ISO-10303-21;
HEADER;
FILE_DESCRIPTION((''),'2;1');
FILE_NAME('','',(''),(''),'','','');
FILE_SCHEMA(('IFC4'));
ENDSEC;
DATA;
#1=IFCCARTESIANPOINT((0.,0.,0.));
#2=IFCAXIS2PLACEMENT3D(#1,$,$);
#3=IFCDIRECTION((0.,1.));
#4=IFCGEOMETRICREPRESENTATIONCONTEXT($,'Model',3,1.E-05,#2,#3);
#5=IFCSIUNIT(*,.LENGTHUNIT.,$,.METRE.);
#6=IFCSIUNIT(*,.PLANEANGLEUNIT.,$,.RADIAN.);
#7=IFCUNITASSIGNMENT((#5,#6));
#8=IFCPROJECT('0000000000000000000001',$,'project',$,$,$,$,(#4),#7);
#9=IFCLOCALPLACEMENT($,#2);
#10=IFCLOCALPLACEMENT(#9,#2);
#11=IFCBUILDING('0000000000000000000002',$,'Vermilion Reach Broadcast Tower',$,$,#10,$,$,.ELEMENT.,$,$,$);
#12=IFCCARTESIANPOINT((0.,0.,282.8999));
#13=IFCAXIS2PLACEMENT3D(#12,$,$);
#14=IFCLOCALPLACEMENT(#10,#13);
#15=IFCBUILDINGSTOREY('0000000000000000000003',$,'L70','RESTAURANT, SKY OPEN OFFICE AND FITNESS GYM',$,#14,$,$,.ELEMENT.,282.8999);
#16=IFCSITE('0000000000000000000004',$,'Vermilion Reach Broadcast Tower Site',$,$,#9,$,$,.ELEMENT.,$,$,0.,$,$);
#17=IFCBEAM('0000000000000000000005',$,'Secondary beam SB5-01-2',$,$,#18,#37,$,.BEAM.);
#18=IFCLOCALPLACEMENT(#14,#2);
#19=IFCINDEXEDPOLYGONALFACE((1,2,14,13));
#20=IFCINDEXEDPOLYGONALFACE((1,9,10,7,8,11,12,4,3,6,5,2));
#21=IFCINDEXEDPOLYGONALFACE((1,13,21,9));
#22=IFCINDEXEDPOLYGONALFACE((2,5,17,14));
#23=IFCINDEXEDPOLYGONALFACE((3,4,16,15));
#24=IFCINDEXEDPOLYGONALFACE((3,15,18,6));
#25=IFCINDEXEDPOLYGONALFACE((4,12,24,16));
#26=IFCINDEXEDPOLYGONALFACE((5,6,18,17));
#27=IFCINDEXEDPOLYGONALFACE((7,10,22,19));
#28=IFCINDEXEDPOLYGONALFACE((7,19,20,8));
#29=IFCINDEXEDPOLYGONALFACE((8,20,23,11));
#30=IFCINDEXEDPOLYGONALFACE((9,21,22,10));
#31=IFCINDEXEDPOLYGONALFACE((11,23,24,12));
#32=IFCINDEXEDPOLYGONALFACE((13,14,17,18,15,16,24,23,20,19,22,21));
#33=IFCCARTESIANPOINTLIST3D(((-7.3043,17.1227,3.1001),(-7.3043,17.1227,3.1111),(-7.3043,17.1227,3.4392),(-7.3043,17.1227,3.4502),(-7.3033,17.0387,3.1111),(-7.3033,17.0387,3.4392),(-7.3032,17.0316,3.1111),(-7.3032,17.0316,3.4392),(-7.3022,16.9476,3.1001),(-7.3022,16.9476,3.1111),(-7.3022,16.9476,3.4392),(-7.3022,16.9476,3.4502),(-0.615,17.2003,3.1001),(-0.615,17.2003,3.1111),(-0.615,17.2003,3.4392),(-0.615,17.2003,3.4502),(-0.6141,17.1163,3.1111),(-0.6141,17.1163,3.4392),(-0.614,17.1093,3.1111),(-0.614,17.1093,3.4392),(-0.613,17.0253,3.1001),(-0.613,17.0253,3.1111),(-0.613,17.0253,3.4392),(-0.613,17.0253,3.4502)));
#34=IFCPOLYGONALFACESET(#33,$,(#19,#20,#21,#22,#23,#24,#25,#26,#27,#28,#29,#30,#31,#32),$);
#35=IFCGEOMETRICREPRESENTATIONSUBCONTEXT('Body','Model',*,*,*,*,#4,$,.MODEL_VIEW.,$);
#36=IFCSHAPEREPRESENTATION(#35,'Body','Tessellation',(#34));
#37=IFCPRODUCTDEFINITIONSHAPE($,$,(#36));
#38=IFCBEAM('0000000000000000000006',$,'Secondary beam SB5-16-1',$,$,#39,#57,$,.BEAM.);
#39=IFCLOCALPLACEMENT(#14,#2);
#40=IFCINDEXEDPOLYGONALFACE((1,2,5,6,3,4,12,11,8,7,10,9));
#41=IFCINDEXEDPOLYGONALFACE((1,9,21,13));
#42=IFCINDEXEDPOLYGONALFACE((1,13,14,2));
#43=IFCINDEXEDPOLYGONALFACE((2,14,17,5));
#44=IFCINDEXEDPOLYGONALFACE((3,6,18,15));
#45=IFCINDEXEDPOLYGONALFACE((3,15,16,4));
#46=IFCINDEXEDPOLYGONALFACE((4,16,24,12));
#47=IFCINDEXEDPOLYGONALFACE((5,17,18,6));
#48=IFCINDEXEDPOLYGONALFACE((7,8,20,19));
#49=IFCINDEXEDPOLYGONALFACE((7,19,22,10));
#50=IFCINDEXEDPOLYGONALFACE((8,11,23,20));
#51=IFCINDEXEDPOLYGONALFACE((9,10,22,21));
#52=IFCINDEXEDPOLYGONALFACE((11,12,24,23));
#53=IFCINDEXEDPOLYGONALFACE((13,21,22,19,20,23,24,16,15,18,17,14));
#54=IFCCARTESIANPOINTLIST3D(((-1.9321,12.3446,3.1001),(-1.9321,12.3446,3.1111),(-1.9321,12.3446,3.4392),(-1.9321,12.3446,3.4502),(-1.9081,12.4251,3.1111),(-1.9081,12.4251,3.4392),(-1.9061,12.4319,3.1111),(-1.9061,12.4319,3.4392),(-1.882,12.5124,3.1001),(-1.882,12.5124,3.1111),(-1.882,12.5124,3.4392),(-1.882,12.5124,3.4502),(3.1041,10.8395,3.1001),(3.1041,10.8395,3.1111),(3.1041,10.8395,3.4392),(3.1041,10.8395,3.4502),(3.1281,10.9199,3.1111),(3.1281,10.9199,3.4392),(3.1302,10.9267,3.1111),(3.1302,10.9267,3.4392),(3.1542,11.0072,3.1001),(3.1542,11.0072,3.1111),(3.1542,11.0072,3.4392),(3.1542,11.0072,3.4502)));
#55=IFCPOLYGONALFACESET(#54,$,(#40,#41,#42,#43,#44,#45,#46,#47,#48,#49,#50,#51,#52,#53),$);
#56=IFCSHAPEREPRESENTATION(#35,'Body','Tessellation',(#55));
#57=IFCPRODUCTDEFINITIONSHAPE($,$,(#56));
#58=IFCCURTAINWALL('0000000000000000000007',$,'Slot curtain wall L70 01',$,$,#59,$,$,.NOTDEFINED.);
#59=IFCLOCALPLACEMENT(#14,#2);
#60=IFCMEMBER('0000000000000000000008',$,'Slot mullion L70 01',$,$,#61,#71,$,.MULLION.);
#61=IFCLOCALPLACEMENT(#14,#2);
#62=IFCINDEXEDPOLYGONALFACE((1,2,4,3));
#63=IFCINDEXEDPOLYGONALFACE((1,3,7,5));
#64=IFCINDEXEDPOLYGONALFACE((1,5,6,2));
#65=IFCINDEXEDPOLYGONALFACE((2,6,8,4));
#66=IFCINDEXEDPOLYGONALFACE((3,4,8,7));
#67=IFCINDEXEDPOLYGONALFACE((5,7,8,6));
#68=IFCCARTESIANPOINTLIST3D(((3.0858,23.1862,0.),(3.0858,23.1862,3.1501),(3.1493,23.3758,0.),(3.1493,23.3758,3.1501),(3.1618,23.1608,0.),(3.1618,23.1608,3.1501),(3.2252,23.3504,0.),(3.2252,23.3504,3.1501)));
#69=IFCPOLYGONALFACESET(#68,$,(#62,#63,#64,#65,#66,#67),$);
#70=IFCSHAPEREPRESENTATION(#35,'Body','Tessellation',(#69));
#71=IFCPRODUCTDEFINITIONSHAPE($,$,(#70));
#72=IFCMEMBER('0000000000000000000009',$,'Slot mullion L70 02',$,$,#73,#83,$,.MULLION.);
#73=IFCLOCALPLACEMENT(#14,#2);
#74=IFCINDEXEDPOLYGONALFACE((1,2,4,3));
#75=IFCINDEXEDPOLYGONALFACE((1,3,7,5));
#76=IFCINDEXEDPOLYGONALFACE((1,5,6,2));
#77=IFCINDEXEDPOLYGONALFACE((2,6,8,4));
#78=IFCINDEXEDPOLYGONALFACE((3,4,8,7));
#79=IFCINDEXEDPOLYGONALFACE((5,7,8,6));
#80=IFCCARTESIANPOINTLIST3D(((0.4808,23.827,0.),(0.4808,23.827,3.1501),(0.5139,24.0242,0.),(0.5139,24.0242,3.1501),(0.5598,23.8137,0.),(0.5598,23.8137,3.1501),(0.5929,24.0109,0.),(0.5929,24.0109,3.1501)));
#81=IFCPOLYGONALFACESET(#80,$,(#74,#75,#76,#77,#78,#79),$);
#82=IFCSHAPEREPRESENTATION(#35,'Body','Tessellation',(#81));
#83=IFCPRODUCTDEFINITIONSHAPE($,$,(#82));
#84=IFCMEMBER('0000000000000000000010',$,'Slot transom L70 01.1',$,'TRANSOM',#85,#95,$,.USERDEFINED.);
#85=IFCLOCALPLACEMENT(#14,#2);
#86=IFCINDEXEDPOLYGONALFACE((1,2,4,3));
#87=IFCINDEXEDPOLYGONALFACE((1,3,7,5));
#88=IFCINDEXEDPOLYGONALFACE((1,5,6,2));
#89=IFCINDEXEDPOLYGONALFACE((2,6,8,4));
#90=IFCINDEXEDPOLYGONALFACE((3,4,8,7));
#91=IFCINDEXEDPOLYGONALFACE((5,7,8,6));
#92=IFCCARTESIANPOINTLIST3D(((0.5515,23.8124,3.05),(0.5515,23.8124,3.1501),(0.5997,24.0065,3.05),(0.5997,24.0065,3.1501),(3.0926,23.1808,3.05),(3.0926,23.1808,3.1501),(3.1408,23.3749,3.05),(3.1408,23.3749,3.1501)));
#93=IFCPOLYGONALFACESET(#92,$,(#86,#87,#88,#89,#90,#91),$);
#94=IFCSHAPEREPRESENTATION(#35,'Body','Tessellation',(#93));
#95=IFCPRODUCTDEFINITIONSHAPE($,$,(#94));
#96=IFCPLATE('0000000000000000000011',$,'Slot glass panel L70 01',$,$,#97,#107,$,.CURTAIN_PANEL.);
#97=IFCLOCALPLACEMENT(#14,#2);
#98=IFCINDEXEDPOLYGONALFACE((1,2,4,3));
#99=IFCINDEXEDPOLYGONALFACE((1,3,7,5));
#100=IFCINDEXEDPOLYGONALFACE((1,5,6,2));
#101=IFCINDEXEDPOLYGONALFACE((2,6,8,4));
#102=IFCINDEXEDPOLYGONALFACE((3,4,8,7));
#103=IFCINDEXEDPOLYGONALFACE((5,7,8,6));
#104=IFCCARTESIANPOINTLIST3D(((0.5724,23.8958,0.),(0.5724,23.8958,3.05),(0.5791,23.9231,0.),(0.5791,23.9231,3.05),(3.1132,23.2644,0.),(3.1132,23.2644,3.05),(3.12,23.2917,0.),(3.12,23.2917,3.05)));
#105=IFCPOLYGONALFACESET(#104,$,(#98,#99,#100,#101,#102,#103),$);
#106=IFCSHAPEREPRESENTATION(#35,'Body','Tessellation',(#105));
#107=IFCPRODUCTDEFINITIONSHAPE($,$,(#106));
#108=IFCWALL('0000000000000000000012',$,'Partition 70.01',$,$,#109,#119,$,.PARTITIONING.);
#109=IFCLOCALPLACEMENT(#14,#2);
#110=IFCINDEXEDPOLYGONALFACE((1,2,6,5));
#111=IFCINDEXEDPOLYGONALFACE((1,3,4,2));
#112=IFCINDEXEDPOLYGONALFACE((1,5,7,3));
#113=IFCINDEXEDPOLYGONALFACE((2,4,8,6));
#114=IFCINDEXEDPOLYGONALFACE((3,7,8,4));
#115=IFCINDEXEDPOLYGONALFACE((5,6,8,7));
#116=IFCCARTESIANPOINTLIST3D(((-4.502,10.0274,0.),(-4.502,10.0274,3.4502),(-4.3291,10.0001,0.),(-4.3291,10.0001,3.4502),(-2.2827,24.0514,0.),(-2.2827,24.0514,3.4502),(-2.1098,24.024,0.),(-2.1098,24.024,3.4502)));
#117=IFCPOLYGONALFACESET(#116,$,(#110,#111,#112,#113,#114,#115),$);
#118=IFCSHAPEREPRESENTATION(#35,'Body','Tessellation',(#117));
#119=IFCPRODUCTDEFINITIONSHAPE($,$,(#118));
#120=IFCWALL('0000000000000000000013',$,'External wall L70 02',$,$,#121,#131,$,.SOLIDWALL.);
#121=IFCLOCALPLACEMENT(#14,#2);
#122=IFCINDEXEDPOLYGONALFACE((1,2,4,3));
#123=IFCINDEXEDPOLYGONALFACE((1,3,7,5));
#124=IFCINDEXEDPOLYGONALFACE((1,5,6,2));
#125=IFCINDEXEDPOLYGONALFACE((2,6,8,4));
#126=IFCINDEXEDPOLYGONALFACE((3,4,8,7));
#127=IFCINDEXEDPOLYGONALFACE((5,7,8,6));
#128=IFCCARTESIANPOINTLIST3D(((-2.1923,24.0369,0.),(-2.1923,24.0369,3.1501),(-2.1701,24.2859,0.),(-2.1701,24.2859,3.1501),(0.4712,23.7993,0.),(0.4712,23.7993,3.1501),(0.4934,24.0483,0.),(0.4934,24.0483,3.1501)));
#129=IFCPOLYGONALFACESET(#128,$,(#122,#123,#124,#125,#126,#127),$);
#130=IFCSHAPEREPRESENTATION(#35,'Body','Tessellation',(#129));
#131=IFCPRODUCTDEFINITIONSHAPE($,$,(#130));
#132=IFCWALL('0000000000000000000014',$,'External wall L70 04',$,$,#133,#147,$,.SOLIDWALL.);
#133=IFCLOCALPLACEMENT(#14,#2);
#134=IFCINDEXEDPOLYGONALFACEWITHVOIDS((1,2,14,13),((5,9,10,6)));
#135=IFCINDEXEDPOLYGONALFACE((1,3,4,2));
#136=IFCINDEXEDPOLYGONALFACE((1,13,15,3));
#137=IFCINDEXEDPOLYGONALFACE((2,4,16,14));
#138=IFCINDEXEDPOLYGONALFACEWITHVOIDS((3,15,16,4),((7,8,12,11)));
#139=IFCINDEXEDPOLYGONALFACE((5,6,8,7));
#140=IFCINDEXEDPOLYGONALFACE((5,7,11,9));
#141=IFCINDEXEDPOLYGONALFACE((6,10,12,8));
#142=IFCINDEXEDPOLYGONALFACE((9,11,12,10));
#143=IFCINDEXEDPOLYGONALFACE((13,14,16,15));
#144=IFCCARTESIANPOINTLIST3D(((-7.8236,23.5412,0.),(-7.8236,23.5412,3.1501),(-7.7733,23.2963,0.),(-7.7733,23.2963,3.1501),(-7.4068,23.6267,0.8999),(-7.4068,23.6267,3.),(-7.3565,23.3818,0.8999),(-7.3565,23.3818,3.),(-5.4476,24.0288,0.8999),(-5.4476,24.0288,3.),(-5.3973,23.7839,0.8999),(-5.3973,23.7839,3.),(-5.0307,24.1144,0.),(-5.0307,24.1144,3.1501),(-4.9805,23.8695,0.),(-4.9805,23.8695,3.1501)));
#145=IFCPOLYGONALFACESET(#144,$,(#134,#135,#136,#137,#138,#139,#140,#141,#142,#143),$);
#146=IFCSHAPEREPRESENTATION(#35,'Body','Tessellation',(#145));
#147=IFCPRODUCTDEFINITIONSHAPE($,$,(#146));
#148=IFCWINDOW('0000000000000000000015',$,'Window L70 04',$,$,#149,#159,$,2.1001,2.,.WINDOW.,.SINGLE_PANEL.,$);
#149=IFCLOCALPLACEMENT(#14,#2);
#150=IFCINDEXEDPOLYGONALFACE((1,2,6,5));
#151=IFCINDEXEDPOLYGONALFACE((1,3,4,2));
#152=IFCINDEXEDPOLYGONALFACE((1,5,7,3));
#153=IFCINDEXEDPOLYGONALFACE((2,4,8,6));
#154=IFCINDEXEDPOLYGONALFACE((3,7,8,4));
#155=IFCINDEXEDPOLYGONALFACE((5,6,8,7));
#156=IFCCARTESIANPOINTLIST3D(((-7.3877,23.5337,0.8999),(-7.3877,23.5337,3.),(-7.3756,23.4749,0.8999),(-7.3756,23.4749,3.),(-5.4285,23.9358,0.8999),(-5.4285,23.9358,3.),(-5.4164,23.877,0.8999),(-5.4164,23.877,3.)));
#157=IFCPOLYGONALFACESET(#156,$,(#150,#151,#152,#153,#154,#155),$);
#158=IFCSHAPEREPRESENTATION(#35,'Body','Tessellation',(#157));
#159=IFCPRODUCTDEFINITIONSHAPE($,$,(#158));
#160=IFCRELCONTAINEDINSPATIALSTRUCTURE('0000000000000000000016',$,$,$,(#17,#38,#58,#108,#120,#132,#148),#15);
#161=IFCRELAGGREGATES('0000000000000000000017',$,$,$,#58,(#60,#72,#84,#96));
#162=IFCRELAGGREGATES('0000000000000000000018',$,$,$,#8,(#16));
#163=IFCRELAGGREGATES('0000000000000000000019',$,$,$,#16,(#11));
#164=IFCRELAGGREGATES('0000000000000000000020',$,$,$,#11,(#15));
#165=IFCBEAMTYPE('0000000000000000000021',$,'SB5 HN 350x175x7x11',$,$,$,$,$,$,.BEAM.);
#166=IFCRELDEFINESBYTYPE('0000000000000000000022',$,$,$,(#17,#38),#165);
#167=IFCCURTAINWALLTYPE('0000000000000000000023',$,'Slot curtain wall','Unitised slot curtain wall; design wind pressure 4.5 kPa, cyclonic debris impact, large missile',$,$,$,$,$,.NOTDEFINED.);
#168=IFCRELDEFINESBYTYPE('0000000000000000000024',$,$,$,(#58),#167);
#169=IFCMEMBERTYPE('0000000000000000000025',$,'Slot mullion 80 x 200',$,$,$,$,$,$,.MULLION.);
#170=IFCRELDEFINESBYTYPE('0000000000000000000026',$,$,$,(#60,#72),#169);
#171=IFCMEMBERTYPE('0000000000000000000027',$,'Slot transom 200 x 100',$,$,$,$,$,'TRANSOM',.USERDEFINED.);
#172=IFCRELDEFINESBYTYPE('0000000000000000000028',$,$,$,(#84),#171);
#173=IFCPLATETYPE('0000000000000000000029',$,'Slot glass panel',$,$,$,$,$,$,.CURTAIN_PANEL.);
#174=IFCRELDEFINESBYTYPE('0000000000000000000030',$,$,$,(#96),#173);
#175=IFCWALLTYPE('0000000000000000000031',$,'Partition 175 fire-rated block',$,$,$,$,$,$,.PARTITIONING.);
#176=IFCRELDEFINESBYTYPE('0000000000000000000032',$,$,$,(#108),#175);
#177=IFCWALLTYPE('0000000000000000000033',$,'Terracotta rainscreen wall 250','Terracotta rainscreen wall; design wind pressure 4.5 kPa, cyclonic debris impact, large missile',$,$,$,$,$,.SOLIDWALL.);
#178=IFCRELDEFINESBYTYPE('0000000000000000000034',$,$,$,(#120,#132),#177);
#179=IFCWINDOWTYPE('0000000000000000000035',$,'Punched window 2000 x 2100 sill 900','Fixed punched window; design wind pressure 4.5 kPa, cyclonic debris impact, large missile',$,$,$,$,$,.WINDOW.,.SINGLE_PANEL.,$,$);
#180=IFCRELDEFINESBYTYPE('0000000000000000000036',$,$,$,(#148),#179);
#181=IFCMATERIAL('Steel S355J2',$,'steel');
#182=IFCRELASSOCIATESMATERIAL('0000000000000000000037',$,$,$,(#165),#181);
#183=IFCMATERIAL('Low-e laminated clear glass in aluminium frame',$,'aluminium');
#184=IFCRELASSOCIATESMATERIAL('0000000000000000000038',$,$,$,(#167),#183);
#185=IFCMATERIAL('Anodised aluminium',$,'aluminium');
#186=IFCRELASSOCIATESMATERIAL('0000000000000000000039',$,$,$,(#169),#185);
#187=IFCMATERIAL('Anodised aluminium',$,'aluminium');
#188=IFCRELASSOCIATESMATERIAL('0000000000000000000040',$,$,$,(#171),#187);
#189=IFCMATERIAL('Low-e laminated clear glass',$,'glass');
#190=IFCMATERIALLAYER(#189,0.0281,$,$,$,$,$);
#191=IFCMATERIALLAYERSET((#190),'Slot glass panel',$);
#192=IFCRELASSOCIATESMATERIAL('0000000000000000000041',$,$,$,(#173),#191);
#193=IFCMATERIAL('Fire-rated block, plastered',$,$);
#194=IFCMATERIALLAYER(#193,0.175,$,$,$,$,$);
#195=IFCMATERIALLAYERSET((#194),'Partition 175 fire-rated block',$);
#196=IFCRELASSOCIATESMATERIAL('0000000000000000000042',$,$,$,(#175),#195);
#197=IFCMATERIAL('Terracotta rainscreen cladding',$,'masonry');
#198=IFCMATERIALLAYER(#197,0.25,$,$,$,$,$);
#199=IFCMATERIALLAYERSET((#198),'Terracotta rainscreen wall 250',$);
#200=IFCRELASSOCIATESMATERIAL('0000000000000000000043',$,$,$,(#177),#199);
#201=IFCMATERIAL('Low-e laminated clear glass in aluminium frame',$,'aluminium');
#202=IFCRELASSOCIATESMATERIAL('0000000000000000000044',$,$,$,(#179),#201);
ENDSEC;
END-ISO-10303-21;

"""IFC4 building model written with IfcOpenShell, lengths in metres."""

from ifc_helpers import new_model, si_unit, direction, frame, frame_2d, origin, origin_2d, place, context, subcontext, project, spatial, rectangle, i_section, extrude, material, layer, layer_set, material_profile, profile_set, type_object, element, fill, aggregate, save


model = new_model("IFC4")

# Units and contexts
model_context = context("Model", 3, precision=1e-05, world=origin(), true_north=direction((0.0, 1.0)))
body_context = subcontext(model_context, "Body", "Model", "MODEL_VIEW")
ifc_project = project(units=[si_unit("LENGTHUNIT", "METRE"), si_unit("PLANEANGLEUNIT", "RADIAN")], contexts=[model_context])

# Site, building, storey
site_placement = place(None, origin())
site = spatial("IfcSite", under=ifc_project, at=site_placement, Name="Vermilion Reach Broadcast Tower Site", CompositionType="ELEMENT", RefElevation=0.0)
building_placement = place(site_placement, origin())
building = spatial("IfcBuilding", under=site, at=building_placement, Name="Vermilion Reach Broadcast Tower", CompositionType="ELEMENT")
storey_placement = place(building_placement, frame((0.0, 0.0, 282.8999)))
storey = spatial("IfcBuildingStorey", under=building, at=storey_placement, Name="L70", Description="RESTAURANT, SKY OPEN OFFICE AND FITNESS GYM", CompositionType="ELEMENT", Elevation=282.8999)

# Beams
ifc_material_1 = material(Name="Steel S355J2", Category="steel")
ifc_material_profile_1 = material_profile(ifc_material_1, i_section(OverallWidth=0.175, OverallDepth=0.3501, WebThickness=0.0071, FlangeThickness=0.011, at=origin_2d()), Name="S355J2 HN 350x175x7x11")
ifc_profile_set_1 = profile_set([ifc_material_profile_1], Name="Steel S355J2")
beam_type_1 = type_object("IfcBeamType", Name="SB5 HN 350x175x7x11", PredefinedType="BEAM", material=ifc_profile_set_1)
beam_1_placement = place(storey_placement, frame((-0.614, 17.1128, 3.2751), z_axis=(-0.999933, -0.011605, 0.0), x_axis=(0.011605, -0.999933, 0.0)))
element("IfcBeam", 1, at=beam_1_placement, inside=storey, type_object=beam_type_1, Name="Secondary beam SB5-01-2", PredefinedType="BEAM", context=body_context, shape_type="SweptSolid", body=[
    extrude(i_section(OverallWidth=0.175, OverallDepth=0.3501, WebThickness=0.0071, FlangeThickness=0.011, at=origin_2d()), origin(), (0.0, 0.0, 1.0), 6.6897),
])
beam_2_placement = place(storey_placement, frame((3.1292, 10.9233, 3.2751), z_axis=(-0.958125, 0.286351, 0.0), x_axis=(-0.286351, -0.958125, 0.0)))
element("IfcBeam", 2, at=beam_2_placement, inside=storey, type_object=beam_type_1, Name="Secondary beam SB5-16-1", PredefinedType="BEAM", context=body_context, shape_type="SweptSolid", body=[
    extrude(i_section(OverallWidth=0.175, OverallDepth=0.3501, WebThickness=0.0071, FlangeThickness=0.011, at=origin_2d()), origin(), (0.0, 0.0, 1.0), 5.2563),
])

# Curtain wall, members, plate
ifc_material_2 = material(Name="Low-e laminated clear glass in aluminium frame", Category="aluminium")
curtain_wall_type = type_object("IfcCurtainWallType", Name="Slot curtain wall", Description="Unitised slot curtain wall; design wind pressure 4.5 kPa, cyclonic debris impact, large missile", PredefinedType="NOTDEFINED", material=ifc_material_2)
curtain_wall_placement = place(storey_placement, origin())
curtain_wall = element("IfcCurtainWall", 3, at=curtain_wall_placement, inside=storey, type_object=curtain_wall_type, Name="Slot curtain wall L70 01", PredefinedType="NOTDEFINED")
ifc_material_3 = material(Name="Anodised aluminium", Category="aluminium")
ifc_material_profile_2 = material_profile(ifc_material_3, rectangle(XDim=0.2, YDim=0.0801, at=origin_2d()), Name="Slot mullion 80 x 200")
ifc_profile_set_2 = profile_set([ifc_material_profile_2], Name="Anodised aluminium")
member_type_1 = type_object("IfcMemberType", Name="Slot mullion 80 x 200", PredefinedType="MULLION", material=ifc_profile_set_2)
member_1_placement = place(storey_placement, frame((3.1555, 23.2683, 0.0), z_axis=(0.0, 0.0, 1.0), x_axis=(-0.317157, -0.948373, 0.0)))
member_1 = element("IfcMember", 4, at=member_1_placement, type_object=member_type_1, Name="Slot mullion L70 01", PredefinedType="MULLION", context=body_context, shape_type="SweptSolid", body=[
    extrude(rectangle(XDim=0.2, YDim=0.0801, at=origin_2d()), origin(), (0.0, 0.0, 1.0), 3.1501),
])
member_2_placement = place(storey_placement, frame((0.5369, 23.9189, 0.0), z_axis=(0.0, 0.0, 1.0), x_axis=(-0.165504, -0.986209, 0.0)))
member_2 = element("IfcMember", 5, at=member_2_placement, type_object=member_type_1, Name="Slot mullion L70 02", PredefinedType="MULLION", context=body_context, shape_type="SweptSolid", body=[
    extrude(rectangle(XDim=0.2, YDim=0.0801, at=origin_2d()), origin(), (0.0, 0.0, 1.0), 3.1501),
])
ifc_material_4 = material(Name="Anodised aluminium", Category="aluminium")
ifc_material_profile_3 = material_profile(ifc_material_4, rectangle(XDim=0.2, YDim=0.1001, at=origin_2d()), Name="Slot transom 200 x 100")
ifc_profile_set_3 = profile_set([ifc_material_profile_3], Name="Anodised aluminium")
member_type_2 = type_object("IfcMemberType", Name="Slot transom 200 x 100", ElementType="TRANSOM", PredefinedType="USERDEFINED", material=ifc_profile_set_3)
member_3_placement = place(storey_placement, frame((3.1167, 23.2778, 3.1001), z_axis=(-0.970471, 0.241219, 0.0), x_axis=(-0.241219, -0.970471, 0.0)))
member_3 = element("IfcMember", 6, at=member_3_placement, type_object=member_type_2, Name="Slot transom L70 01.1", ObjectType="TRANSOM", PredefinedType="USERDEFINED", context=body_context, shape_type="SweptSolid", body=[
    extrude(rectangle(XDim=0.2, YDim=0.1001, at=origin_2d()), origin(), (0.0, 0.0, 1.0), 2.6184),
])
ifc_material_5 = material(Name="Low-e laminated clear glass", Category="glass")
ifc_layer_1 = layer(ifc_material_5, 0.0281)
ifc_layer_set_1 = layer_set([ifc_layer_1], Name="Slot glass panel")
plate_type = type_object("IfcPlateType", Name="Slot glass panel", PredefinedType="CURTAIN_PANEL", material=ifc_layer_set_1)
plate_placement = place(storey_placement, frame((1.8462, 23.5938, 0.0), z_axis=(0.0, 0.0, 1.0), x_axis=(-0.970484, 0.241167, 0.0)))
plate = element("IfcPlate", 7, at=plate_placement, type_object=plate_type, Name="Slot glass panel L70 01", PredefinedType="CURTAIN_PANEL", context=body_context, shape_type="SweptSolid", body=[
    extrude(rectangle(XDim=2.6182, YDim=0.0281, at=origin_2d()), origin(), (0.0, 0.0, 1.0), 3.05),
])
aggregate(curtain_wall, [member_1, member_2, member_3, plate])

# Walls
ifc_material_6 = material(Name="Fire-rated block, plastered")
ifc_layer_2 = layer(ifc_material_6, 0.175)
ifc_layer_set_2 = layer_set([ifc_layer_2], Name="Partition 175 fire-rated block")
wall_type_1 = type_object("IfcWallType", Name="Partition 175 fire-rated block", PredefinedType="PARTITIONING", material=ifc_layer_set_2)
wall_1_placement = place(storey_placement, frame((-2.1963, 24.0376, 0.0), z_axis=(0.0, 0.0, 1.0), x_axis=(-0.156302, -0.987709, 0.0)))
element("IfcWall", 8, at=wall_1_placement, inside=storey, type_object=wall_type_1, Name="Partition 70.01", PredefinedType="PARTITIONING", context=body_context, shape_type="SweptSolid", body=[
    extrude(rectangle(XDim=14.1985, YDim=0.175, at=frame_2d((7.0991, 0.0))), origin(), (0.0, 0.0, 1.0), 3.4502),
])
ifc_material_7 = material(Name="Terracotta rainscreen cladding", Category="masonry")
ifc_layer_3 = layer(ifc_material_7, 0.25)
ifc_layer_set_3 = layer_set([ifc_layer_3], Name="Terracotta rainscreen wall 250")
wall_type_2 = type_object("IfcWallType", Name="Terracotta rainscreen wall 250", Description="Terracotta rainscreen wall; design wind pressure 4.5 kPa, cyclonic debris impact, large missile", PredefinedType="SOLIDWALL", material=ifc_layer_set_3)
wall_2_placement = place(storey_placement, frame((0.4822, 23.9238, 0.0), z_axis=(0.0, 0.0, 1.0), x_axis=(-0.996047, 0.088832, 0.0)))
element("IfcWall", 9, at=wall_2_placement, inside=storey, type_object=wall_type_2, Name="External wall L70 02", PredefinedType="SOLIDWALL", context=body_context, shape_type="SweptSolid", body=[
    extrude(rectangle(XDim=2.6741, YDim=0.25, at=frame_2d((1.3369, 0.0))), origin(), (0.0, 0.0, 1.0), 3.1501),
])

# Wall, opening, window
wall_3_placement = place(storey_placement, frame((-5.0056, 23.9919, 0.0), z_axis=(0.0, 0.0, 1.0), x_axis=(-0.97958, -0.201054, 0.0)))
wall_3 = element("IfcWall", 10, at=wall_3_placement, inside=storey, type_object=wall_type_2, Name="External wall L70 04", PredefinedType="SOLIDWALL", context=body_context, shape_type="SweptSolid", body=[
    extrude(rectangle(XDim=2.8511, YDim=0.25, at=frame_2d((1.4255, 0.0))), origin(), (0.0, 0.0, 1.0), 3.1501),
])
opening_1_placement = place(wall_3_placement, frame((0.4255, 0.0, 0.8999)))
opening_1 = element("IfcOpeningElement", 11, at=opening_1_placement, cuts=wall_3, PredefinedType="OPENING", context=body_context, shape_type="SweptSolid", body=[
    extrude(rectangle(XDim=2.0, YDim=2.1001, at=frame_2d((1.0, 1.05))), frame((0.0, 0.135, 0.0), z_axis=(0.0, -1.0, 0.0), x_axis=(1.0, 0.0, 0.0)), (0.0, 0.0, 1.0), 0.27),
])
ifc_material_8 = material(Name="Low-e laminated clear glass in aluminium frame", Category="aluminium")
window_type = type_object("IfcWindowType", Name="Punched window 2000 x 2100 sill 900", Description="Fixed punched window; design wind pressure 4.5 kPa, cyclonic debris impact, large missile", PartitioningType="SINGLE_PANEL", PredefinedType="WINDOW", material=ifc_material_8)
window_placement = place(opening_1_placement, origin())
window = element("IfcWindow", 12, at=window_placement, inside=storey, type_object=window_type, Name="Window L70 04", OverallHeight=2.1001, OverallWidth=2.0, PartitioningType="SINGLE_PANEL", PredefinedType="WINDOW", context=body_context, shape_type="SweptSolid", body=[
    extrude(rectangle(XDim=2.0, YDim=2.1001, at=frame_2d((1.0, 1.05))), frame((0.0, 0.03, 0.0), z_axis=(0.0, -1.0, 0.0), x_axis=(1.0, 0.0, 0.0)), (0.0, 0.0, 1.0), 0.0601),
])
fill(opening_1, window)

save(model, "model.ifc")
